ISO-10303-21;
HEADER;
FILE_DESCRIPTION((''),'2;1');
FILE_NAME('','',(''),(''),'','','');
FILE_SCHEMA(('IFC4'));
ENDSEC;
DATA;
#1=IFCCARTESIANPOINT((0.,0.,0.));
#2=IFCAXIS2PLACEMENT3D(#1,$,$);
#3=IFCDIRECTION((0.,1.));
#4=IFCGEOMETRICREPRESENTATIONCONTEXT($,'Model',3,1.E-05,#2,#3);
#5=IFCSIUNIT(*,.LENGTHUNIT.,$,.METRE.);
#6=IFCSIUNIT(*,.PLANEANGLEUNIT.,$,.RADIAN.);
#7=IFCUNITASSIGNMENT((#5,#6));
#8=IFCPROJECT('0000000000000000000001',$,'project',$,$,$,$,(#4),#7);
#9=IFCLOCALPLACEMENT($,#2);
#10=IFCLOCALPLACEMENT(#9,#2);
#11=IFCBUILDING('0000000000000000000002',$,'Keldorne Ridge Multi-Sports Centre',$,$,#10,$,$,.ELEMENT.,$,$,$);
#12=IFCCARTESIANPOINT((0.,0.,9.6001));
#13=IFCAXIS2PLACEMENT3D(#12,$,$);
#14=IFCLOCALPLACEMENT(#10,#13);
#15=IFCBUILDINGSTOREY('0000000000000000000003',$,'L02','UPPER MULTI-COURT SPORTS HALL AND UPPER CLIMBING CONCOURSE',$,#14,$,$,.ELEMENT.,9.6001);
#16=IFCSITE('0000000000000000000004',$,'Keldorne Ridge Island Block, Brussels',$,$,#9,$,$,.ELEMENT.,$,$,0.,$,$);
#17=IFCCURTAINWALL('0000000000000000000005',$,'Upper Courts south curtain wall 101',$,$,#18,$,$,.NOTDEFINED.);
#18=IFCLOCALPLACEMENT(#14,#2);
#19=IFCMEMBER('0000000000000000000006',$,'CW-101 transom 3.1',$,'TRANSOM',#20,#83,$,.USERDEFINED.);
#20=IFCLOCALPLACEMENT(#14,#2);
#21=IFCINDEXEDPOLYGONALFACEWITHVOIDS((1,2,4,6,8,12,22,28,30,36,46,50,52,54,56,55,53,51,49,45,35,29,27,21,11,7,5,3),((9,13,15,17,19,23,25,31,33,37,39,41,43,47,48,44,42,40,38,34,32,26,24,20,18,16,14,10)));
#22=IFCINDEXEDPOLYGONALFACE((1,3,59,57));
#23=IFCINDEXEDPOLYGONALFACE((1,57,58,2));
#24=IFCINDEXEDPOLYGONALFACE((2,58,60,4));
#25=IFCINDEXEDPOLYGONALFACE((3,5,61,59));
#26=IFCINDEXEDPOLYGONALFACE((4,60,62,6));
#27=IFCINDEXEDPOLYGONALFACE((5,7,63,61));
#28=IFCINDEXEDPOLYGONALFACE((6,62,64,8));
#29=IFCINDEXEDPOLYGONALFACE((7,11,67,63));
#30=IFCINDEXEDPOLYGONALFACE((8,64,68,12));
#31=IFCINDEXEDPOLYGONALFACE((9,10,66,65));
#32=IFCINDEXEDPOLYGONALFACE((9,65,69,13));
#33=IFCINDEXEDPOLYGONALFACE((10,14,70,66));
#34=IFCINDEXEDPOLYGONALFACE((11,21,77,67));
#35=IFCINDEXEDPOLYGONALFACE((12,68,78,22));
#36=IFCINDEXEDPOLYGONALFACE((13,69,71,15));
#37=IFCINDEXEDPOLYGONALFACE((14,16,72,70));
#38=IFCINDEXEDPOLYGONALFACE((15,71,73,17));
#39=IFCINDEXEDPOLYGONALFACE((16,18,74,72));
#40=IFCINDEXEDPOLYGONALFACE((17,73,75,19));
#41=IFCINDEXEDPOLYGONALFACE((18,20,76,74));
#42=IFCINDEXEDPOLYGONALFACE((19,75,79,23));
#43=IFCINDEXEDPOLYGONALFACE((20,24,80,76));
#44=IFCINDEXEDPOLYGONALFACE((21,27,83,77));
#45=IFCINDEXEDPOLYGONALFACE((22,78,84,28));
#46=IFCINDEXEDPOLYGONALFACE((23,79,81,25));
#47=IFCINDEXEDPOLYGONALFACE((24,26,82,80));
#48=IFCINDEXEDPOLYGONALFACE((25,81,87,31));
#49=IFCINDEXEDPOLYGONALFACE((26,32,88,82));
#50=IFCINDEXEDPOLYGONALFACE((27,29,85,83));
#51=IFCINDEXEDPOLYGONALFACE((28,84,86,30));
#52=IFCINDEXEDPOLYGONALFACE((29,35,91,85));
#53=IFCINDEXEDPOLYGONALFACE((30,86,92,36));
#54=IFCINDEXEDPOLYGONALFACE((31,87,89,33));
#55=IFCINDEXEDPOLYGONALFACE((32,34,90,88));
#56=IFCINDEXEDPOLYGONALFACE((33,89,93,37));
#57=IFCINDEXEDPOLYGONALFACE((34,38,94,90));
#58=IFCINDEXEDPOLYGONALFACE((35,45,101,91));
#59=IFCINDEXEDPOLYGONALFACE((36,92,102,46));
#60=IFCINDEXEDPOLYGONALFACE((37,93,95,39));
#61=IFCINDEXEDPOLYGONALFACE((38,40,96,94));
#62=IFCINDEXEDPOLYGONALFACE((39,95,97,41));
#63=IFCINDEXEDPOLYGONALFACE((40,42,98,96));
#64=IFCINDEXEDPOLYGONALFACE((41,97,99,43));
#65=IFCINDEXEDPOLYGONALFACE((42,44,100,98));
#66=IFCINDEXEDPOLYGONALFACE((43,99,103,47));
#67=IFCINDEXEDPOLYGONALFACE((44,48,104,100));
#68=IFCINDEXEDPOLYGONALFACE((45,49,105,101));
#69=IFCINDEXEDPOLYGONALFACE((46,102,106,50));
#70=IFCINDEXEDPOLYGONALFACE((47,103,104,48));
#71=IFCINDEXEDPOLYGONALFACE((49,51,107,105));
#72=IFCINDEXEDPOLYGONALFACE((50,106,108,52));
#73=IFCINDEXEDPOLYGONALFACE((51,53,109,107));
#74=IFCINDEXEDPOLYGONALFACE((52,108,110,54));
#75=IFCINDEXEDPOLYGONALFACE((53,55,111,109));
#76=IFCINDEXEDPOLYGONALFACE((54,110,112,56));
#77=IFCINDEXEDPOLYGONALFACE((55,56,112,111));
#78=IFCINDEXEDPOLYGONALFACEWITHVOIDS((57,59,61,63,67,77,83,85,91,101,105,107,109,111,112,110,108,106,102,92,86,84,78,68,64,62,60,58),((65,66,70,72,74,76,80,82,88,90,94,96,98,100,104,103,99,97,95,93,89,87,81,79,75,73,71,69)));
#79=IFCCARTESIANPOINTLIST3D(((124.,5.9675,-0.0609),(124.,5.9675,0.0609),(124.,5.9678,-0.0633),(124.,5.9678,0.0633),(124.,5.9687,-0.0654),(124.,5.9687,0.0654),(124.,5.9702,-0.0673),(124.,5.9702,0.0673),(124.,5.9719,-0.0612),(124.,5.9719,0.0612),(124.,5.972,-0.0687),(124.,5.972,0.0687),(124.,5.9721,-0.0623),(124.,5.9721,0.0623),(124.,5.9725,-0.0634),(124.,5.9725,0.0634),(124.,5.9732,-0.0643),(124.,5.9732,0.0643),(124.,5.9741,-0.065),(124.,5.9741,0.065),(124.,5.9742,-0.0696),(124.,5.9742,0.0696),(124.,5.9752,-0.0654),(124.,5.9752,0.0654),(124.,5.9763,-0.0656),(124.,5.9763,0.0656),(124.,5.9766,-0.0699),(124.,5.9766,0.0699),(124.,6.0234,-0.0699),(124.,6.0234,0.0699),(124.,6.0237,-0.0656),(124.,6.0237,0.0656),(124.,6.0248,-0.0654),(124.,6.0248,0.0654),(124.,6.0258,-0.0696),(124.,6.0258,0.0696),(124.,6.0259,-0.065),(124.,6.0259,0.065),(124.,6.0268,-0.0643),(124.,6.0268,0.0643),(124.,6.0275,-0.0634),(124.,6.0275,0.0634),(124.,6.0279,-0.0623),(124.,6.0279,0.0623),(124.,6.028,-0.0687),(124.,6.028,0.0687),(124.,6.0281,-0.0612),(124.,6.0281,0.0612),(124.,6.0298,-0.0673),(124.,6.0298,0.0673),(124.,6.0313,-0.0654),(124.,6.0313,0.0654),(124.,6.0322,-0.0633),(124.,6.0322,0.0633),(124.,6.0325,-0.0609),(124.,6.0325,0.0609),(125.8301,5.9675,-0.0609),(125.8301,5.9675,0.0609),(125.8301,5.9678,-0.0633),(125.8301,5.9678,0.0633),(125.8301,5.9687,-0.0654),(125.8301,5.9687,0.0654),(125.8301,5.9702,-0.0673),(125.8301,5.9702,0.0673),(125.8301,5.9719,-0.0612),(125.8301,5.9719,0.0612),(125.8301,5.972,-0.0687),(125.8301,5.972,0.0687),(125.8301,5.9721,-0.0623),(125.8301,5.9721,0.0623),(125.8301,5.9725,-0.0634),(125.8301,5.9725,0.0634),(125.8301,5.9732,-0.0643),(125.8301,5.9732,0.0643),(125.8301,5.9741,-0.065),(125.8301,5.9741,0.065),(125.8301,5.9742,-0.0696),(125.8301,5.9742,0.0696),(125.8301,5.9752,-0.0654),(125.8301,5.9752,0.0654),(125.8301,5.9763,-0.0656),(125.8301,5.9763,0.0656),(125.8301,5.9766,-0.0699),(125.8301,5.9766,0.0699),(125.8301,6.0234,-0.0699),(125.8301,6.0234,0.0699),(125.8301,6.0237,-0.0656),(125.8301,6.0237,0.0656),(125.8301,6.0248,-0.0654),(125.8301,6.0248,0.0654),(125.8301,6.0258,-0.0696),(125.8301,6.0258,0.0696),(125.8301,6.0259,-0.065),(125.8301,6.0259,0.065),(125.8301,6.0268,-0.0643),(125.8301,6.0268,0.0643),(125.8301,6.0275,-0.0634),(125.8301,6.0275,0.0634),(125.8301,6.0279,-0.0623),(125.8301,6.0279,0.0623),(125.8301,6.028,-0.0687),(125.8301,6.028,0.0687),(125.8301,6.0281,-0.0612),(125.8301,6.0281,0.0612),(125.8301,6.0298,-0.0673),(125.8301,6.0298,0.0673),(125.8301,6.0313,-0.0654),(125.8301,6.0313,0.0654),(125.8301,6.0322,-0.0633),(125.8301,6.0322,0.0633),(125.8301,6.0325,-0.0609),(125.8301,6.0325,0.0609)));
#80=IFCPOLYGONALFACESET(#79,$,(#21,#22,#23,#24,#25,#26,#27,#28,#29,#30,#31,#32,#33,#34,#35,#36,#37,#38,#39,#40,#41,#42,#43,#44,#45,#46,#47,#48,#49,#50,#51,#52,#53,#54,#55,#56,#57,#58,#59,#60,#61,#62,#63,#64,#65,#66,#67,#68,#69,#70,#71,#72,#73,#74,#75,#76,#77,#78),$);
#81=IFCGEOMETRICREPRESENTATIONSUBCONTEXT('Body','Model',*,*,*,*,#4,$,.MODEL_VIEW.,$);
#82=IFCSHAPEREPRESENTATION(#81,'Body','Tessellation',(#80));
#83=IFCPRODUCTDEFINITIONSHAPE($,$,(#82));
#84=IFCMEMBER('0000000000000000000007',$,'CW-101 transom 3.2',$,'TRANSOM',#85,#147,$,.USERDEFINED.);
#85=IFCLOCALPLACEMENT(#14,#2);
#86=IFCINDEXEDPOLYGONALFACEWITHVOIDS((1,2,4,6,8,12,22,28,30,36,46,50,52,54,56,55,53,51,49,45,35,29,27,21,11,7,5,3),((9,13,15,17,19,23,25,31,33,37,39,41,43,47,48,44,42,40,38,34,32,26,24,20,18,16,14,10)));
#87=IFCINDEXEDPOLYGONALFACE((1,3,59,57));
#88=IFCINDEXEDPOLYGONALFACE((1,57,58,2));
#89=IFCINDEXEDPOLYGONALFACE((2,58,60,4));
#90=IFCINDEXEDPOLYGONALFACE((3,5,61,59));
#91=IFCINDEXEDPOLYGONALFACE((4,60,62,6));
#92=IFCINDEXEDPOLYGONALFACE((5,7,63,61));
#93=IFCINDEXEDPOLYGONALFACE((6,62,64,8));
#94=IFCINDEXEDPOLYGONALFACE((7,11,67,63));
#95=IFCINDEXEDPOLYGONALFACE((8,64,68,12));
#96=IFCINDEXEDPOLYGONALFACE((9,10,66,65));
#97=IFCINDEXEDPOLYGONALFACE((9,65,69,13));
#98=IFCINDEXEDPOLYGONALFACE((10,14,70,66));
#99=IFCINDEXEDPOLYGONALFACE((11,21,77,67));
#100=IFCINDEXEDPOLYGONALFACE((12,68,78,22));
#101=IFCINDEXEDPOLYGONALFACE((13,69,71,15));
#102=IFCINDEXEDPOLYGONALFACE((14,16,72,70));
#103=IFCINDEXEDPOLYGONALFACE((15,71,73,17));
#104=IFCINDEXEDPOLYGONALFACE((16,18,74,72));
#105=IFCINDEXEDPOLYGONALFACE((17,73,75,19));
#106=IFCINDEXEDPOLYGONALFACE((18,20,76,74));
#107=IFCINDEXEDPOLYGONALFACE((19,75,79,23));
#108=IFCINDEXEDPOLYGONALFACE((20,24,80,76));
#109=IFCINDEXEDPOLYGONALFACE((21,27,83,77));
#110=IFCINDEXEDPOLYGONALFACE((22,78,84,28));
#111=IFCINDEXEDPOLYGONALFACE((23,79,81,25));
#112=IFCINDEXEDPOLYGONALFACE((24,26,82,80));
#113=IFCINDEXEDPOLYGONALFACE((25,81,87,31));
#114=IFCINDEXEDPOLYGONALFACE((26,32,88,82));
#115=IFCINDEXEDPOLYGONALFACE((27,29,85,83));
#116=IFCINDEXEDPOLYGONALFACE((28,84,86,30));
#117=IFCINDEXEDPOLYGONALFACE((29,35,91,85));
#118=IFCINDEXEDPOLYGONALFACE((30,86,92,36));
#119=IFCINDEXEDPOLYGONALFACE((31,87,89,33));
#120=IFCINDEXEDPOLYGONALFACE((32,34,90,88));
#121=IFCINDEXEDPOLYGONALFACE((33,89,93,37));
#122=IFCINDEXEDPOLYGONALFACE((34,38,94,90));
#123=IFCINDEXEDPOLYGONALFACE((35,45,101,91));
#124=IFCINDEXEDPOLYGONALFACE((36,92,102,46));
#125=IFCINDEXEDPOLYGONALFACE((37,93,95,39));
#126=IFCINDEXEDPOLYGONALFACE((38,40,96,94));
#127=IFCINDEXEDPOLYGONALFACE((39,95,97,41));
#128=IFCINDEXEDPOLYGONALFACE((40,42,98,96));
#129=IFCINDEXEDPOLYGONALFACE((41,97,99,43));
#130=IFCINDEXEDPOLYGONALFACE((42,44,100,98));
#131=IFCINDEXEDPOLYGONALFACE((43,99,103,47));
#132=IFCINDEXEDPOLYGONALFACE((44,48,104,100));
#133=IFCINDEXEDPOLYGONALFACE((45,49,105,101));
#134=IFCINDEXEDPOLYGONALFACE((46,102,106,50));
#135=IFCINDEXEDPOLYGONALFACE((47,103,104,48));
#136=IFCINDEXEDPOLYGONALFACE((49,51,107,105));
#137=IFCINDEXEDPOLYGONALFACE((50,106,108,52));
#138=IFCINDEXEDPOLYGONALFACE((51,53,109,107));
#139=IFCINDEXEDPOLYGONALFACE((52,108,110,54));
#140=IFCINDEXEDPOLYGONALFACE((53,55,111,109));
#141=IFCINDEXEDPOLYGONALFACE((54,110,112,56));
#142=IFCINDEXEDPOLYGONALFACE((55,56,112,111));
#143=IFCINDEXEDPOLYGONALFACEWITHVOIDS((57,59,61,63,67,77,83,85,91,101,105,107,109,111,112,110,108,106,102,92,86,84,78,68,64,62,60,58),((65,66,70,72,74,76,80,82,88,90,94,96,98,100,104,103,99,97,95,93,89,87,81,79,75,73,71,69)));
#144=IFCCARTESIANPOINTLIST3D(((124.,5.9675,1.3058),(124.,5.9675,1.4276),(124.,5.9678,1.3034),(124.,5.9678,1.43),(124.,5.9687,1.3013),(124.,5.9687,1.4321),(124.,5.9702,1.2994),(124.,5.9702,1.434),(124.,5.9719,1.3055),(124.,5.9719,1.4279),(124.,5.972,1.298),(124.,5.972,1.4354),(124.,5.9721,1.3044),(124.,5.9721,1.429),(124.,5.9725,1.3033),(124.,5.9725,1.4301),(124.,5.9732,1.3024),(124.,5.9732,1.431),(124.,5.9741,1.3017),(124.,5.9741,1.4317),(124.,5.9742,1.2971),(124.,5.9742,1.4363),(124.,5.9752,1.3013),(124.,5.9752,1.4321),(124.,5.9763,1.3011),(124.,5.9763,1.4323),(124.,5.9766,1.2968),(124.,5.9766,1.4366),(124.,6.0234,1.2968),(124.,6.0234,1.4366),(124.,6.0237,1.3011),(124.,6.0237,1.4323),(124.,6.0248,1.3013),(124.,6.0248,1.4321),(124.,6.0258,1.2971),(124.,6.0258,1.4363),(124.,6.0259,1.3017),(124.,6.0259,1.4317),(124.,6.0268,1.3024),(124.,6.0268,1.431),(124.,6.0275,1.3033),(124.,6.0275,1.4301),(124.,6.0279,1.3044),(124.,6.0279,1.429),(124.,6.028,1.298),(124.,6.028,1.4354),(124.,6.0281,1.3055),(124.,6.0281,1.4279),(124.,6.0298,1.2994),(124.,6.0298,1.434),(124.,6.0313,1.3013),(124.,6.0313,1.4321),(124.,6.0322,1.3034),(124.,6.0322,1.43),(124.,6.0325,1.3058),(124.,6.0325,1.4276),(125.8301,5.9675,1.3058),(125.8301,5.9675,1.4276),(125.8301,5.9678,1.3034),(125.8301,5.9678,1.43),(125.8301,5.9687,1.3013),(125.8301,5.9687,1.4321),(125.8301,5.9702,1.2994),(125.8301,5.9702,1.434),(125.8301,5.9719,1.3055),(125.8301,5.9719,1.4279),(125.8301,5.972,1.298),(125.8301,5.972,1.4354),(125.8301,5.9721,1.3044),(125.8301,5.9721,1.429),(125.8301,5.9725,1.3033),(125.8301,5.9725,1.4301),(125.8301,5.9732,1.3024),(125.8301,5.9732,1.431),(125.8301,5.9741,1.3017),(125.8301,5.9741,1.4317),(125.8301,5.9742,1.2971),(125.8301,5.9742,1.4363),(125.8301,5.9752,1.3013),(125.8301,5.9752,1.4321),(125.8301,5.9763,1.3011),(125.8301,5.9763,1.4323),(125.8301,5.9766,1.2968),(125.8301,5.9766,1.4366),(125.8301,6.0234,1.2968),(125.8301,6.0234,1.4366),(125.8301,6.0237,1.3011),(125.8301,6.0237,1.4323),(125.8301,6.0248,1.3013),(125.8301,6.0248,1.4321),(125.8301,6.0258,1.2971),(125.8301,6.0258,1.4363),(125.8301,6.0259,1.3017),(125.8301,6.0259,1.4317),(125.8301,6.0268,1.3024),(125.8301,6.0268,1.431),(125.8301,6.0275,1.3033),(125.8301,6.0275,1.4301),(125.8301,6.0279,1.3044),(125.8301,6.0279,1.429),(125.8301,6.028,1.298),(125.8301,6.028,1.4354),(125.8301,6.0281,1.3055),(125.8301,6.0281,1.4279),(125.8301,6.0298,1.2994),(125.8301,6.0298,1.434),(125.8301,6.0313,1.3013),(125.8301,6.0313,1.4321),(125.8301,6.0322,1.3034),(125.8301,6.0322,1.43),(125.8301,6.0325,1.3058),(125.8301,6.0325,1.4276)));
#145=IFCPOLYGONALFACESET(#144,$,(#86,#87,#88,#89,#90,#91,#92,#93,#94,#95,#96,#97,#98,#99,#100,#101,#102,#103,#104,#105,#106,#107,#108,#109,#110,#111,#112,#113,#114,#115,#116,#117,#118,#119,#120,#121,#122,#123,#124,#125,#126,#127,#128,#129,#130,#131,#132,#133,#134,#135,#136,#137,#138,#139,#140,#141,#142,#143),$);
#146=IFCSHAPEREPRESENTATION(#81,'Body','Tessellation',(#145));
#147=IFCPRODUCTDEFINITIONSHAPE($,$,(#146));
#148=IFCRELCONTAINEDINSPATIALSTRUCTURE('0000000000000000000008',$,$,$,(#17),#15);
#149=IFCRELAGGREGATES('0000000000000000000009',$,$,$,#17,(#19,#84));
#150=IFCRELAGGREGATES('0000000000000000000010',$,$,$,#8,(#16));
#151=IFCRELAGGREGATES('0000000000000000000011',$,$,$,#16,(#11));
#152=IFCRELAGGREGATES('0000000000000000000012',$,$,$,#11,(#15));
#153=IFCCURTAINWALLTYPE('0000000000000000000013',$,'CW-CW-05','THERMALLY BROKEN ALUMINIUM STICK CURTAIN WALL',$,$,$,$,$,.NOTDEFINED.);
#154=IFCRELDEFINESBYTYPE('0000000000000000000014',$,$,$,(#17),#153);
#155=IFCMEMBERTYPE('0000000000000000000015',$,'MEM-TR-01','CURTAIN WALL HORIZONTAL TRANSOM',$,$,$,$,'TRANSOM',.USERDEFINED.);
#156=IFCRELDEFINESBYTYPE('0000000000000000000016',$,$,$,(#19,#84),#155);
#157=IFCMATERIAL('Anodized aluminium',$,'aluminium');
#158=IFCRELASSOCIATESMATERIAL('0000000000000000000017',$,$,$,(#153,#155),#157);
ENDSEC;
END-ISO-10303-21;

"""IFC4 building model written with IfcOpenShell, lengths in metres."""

from ifc_helpers import new_model, si_unit, direction, frame, origin, origin_2d, place, context, subcontext, project, spatial, hollow_rectangle, extrude, material, material_profile, profile_set, type_object, element, aggregate, save


model = new_model("IFC4")

# Units and contexts
model_context = context("Model", 3, precision=1e-05, world=origin(), true_north=direction((0.0, 1.0)))
body_context = subcontext(model_context, "Body", "Model", "MODEL_VIEW")
ifc_project = project(units=[si_unit("LENGTHUNIT", "METRE"), si_unit("PLANEANGLEUNIT", "RADIAN")], contexts=[model_context])

# Site, building, storey
site_placement = place(None, origin())
site = spatial("IfcSite", under=ifc_project, at=site_placement, Name="Keldorne Ridge Island Block, Brussels", CompositionType="ELEMENT", RefElevation=0.0)
building_placement = place(site_placement, origin())
building = spatial("IfcBuilding", under=site, at=building_placement, Name="Keldorne Ridge Multi-Sports Centre", CompositionType="ELEMENT")
storey_placement = place(building_placement, frame((0.0, 0.0, 9.6001)))
storey = spatial("IfcBuildingStorey", under=building, at=storey_placement, Name="L02", Description="UPPER MULTI-COURT SPORTS HALL AND UPPER CLIMBING CONCOURSE", CompositionType="ELEMENT", Elevation=9.6001)

# Curtain wall, members
ifc_material_1 = material(Name="Anodized aluminium", Category="aluminium")
curtain_wall_type = type_object("IfcCurtainWallType", Name="CW-CW-05", Description="THERMALLY BROKEN ALUMINIUM STICK CURTAIN WALL", PredefinedType="NOTDEFINED", material=ifc_material_1)
curtain_wall_placement = place(storey_placement, origin())
curtain_wall = element("IfcCurtainWall", 1, at=curtain_wall_placement, inside=storey, type_object=curtain_wall_type, Name="Upper Courts south curtain wall 101", PredefinedType="NOTDEFINED")
ifc_material_profile_1 = material_profile(ifc_material_1, hollow_rectangle(XDim=0.0649, YDim=0.1399, WallThickness=0.0044, InnerFilletRadius=0.0044, OuterFilletRadius=0.009, at=origin_2d()), Name="ALU TRANSOM 140x65x4.5")
ifc_profile_set_1 = profile_set([ifc_material_profile_1], Name="Anodized aluminium")
member_type_1 = type_object("IfcMemberType", Name="MEM-TR-01", Description="CURTAIN WALL HORIZONTAL TRANSOM", ElementType="TRANSOM", PredefinedType="USERDEFINED", material=ifc_profile_set_1)
member_1_placement = place(storey_placement, frame((124.0, 6.0, 0.0), z_axis=(1.0, 0.0, 0.0), x_axis=(0.0, 1.0, 0.0)))
member_1 = element("IfcMember", 2, at=member_1_placement, type_object=member_type_1, Name="CW-101 transom 3.1", ObjectType="TRANSOM", PredefinedType="USERDEFINED", context=body_context, shape_type="SweptSolid", body=[
    extrude(hollow_rectangle(XDim=0.0649, YDim=0.1399, WallThickness=0.0044, InnerFilletRadius=0.0044, OuterFilletRadius=0.009, at=origin_2d()), origin(), (0.0, 0.0, 1.0), 1.8301),
])
member_2_placement = place(storey_placement, frame((124.0, 6.0, 1.3667), z_axis=(1.0, 0.0, 0.0), x_axis=(0.0, 1.0, 0.0)))
member_2 = element("IfcMember", 3, at=member_2_placement, type_object=member_type_1, Name="CW-101 transom 3.2", ObjectType="TRANSOM", PredefinedType="USERDEFINED", context=body_context, shape_type="SweptSolid", body=[
    extrude(hollow_rectangle(XDim=0.0649, YDim=0.1399, WallThickness=0.0044, InnerFilletRadius=0.0044, OuterFilletRadius=0.009, at=origin_2d()), origin(), (0.0, 0.0, 1.0), 1.8301),
])
aggregate(curtain_wall, [member_1, member_2])

save(model, "model.ifc")
